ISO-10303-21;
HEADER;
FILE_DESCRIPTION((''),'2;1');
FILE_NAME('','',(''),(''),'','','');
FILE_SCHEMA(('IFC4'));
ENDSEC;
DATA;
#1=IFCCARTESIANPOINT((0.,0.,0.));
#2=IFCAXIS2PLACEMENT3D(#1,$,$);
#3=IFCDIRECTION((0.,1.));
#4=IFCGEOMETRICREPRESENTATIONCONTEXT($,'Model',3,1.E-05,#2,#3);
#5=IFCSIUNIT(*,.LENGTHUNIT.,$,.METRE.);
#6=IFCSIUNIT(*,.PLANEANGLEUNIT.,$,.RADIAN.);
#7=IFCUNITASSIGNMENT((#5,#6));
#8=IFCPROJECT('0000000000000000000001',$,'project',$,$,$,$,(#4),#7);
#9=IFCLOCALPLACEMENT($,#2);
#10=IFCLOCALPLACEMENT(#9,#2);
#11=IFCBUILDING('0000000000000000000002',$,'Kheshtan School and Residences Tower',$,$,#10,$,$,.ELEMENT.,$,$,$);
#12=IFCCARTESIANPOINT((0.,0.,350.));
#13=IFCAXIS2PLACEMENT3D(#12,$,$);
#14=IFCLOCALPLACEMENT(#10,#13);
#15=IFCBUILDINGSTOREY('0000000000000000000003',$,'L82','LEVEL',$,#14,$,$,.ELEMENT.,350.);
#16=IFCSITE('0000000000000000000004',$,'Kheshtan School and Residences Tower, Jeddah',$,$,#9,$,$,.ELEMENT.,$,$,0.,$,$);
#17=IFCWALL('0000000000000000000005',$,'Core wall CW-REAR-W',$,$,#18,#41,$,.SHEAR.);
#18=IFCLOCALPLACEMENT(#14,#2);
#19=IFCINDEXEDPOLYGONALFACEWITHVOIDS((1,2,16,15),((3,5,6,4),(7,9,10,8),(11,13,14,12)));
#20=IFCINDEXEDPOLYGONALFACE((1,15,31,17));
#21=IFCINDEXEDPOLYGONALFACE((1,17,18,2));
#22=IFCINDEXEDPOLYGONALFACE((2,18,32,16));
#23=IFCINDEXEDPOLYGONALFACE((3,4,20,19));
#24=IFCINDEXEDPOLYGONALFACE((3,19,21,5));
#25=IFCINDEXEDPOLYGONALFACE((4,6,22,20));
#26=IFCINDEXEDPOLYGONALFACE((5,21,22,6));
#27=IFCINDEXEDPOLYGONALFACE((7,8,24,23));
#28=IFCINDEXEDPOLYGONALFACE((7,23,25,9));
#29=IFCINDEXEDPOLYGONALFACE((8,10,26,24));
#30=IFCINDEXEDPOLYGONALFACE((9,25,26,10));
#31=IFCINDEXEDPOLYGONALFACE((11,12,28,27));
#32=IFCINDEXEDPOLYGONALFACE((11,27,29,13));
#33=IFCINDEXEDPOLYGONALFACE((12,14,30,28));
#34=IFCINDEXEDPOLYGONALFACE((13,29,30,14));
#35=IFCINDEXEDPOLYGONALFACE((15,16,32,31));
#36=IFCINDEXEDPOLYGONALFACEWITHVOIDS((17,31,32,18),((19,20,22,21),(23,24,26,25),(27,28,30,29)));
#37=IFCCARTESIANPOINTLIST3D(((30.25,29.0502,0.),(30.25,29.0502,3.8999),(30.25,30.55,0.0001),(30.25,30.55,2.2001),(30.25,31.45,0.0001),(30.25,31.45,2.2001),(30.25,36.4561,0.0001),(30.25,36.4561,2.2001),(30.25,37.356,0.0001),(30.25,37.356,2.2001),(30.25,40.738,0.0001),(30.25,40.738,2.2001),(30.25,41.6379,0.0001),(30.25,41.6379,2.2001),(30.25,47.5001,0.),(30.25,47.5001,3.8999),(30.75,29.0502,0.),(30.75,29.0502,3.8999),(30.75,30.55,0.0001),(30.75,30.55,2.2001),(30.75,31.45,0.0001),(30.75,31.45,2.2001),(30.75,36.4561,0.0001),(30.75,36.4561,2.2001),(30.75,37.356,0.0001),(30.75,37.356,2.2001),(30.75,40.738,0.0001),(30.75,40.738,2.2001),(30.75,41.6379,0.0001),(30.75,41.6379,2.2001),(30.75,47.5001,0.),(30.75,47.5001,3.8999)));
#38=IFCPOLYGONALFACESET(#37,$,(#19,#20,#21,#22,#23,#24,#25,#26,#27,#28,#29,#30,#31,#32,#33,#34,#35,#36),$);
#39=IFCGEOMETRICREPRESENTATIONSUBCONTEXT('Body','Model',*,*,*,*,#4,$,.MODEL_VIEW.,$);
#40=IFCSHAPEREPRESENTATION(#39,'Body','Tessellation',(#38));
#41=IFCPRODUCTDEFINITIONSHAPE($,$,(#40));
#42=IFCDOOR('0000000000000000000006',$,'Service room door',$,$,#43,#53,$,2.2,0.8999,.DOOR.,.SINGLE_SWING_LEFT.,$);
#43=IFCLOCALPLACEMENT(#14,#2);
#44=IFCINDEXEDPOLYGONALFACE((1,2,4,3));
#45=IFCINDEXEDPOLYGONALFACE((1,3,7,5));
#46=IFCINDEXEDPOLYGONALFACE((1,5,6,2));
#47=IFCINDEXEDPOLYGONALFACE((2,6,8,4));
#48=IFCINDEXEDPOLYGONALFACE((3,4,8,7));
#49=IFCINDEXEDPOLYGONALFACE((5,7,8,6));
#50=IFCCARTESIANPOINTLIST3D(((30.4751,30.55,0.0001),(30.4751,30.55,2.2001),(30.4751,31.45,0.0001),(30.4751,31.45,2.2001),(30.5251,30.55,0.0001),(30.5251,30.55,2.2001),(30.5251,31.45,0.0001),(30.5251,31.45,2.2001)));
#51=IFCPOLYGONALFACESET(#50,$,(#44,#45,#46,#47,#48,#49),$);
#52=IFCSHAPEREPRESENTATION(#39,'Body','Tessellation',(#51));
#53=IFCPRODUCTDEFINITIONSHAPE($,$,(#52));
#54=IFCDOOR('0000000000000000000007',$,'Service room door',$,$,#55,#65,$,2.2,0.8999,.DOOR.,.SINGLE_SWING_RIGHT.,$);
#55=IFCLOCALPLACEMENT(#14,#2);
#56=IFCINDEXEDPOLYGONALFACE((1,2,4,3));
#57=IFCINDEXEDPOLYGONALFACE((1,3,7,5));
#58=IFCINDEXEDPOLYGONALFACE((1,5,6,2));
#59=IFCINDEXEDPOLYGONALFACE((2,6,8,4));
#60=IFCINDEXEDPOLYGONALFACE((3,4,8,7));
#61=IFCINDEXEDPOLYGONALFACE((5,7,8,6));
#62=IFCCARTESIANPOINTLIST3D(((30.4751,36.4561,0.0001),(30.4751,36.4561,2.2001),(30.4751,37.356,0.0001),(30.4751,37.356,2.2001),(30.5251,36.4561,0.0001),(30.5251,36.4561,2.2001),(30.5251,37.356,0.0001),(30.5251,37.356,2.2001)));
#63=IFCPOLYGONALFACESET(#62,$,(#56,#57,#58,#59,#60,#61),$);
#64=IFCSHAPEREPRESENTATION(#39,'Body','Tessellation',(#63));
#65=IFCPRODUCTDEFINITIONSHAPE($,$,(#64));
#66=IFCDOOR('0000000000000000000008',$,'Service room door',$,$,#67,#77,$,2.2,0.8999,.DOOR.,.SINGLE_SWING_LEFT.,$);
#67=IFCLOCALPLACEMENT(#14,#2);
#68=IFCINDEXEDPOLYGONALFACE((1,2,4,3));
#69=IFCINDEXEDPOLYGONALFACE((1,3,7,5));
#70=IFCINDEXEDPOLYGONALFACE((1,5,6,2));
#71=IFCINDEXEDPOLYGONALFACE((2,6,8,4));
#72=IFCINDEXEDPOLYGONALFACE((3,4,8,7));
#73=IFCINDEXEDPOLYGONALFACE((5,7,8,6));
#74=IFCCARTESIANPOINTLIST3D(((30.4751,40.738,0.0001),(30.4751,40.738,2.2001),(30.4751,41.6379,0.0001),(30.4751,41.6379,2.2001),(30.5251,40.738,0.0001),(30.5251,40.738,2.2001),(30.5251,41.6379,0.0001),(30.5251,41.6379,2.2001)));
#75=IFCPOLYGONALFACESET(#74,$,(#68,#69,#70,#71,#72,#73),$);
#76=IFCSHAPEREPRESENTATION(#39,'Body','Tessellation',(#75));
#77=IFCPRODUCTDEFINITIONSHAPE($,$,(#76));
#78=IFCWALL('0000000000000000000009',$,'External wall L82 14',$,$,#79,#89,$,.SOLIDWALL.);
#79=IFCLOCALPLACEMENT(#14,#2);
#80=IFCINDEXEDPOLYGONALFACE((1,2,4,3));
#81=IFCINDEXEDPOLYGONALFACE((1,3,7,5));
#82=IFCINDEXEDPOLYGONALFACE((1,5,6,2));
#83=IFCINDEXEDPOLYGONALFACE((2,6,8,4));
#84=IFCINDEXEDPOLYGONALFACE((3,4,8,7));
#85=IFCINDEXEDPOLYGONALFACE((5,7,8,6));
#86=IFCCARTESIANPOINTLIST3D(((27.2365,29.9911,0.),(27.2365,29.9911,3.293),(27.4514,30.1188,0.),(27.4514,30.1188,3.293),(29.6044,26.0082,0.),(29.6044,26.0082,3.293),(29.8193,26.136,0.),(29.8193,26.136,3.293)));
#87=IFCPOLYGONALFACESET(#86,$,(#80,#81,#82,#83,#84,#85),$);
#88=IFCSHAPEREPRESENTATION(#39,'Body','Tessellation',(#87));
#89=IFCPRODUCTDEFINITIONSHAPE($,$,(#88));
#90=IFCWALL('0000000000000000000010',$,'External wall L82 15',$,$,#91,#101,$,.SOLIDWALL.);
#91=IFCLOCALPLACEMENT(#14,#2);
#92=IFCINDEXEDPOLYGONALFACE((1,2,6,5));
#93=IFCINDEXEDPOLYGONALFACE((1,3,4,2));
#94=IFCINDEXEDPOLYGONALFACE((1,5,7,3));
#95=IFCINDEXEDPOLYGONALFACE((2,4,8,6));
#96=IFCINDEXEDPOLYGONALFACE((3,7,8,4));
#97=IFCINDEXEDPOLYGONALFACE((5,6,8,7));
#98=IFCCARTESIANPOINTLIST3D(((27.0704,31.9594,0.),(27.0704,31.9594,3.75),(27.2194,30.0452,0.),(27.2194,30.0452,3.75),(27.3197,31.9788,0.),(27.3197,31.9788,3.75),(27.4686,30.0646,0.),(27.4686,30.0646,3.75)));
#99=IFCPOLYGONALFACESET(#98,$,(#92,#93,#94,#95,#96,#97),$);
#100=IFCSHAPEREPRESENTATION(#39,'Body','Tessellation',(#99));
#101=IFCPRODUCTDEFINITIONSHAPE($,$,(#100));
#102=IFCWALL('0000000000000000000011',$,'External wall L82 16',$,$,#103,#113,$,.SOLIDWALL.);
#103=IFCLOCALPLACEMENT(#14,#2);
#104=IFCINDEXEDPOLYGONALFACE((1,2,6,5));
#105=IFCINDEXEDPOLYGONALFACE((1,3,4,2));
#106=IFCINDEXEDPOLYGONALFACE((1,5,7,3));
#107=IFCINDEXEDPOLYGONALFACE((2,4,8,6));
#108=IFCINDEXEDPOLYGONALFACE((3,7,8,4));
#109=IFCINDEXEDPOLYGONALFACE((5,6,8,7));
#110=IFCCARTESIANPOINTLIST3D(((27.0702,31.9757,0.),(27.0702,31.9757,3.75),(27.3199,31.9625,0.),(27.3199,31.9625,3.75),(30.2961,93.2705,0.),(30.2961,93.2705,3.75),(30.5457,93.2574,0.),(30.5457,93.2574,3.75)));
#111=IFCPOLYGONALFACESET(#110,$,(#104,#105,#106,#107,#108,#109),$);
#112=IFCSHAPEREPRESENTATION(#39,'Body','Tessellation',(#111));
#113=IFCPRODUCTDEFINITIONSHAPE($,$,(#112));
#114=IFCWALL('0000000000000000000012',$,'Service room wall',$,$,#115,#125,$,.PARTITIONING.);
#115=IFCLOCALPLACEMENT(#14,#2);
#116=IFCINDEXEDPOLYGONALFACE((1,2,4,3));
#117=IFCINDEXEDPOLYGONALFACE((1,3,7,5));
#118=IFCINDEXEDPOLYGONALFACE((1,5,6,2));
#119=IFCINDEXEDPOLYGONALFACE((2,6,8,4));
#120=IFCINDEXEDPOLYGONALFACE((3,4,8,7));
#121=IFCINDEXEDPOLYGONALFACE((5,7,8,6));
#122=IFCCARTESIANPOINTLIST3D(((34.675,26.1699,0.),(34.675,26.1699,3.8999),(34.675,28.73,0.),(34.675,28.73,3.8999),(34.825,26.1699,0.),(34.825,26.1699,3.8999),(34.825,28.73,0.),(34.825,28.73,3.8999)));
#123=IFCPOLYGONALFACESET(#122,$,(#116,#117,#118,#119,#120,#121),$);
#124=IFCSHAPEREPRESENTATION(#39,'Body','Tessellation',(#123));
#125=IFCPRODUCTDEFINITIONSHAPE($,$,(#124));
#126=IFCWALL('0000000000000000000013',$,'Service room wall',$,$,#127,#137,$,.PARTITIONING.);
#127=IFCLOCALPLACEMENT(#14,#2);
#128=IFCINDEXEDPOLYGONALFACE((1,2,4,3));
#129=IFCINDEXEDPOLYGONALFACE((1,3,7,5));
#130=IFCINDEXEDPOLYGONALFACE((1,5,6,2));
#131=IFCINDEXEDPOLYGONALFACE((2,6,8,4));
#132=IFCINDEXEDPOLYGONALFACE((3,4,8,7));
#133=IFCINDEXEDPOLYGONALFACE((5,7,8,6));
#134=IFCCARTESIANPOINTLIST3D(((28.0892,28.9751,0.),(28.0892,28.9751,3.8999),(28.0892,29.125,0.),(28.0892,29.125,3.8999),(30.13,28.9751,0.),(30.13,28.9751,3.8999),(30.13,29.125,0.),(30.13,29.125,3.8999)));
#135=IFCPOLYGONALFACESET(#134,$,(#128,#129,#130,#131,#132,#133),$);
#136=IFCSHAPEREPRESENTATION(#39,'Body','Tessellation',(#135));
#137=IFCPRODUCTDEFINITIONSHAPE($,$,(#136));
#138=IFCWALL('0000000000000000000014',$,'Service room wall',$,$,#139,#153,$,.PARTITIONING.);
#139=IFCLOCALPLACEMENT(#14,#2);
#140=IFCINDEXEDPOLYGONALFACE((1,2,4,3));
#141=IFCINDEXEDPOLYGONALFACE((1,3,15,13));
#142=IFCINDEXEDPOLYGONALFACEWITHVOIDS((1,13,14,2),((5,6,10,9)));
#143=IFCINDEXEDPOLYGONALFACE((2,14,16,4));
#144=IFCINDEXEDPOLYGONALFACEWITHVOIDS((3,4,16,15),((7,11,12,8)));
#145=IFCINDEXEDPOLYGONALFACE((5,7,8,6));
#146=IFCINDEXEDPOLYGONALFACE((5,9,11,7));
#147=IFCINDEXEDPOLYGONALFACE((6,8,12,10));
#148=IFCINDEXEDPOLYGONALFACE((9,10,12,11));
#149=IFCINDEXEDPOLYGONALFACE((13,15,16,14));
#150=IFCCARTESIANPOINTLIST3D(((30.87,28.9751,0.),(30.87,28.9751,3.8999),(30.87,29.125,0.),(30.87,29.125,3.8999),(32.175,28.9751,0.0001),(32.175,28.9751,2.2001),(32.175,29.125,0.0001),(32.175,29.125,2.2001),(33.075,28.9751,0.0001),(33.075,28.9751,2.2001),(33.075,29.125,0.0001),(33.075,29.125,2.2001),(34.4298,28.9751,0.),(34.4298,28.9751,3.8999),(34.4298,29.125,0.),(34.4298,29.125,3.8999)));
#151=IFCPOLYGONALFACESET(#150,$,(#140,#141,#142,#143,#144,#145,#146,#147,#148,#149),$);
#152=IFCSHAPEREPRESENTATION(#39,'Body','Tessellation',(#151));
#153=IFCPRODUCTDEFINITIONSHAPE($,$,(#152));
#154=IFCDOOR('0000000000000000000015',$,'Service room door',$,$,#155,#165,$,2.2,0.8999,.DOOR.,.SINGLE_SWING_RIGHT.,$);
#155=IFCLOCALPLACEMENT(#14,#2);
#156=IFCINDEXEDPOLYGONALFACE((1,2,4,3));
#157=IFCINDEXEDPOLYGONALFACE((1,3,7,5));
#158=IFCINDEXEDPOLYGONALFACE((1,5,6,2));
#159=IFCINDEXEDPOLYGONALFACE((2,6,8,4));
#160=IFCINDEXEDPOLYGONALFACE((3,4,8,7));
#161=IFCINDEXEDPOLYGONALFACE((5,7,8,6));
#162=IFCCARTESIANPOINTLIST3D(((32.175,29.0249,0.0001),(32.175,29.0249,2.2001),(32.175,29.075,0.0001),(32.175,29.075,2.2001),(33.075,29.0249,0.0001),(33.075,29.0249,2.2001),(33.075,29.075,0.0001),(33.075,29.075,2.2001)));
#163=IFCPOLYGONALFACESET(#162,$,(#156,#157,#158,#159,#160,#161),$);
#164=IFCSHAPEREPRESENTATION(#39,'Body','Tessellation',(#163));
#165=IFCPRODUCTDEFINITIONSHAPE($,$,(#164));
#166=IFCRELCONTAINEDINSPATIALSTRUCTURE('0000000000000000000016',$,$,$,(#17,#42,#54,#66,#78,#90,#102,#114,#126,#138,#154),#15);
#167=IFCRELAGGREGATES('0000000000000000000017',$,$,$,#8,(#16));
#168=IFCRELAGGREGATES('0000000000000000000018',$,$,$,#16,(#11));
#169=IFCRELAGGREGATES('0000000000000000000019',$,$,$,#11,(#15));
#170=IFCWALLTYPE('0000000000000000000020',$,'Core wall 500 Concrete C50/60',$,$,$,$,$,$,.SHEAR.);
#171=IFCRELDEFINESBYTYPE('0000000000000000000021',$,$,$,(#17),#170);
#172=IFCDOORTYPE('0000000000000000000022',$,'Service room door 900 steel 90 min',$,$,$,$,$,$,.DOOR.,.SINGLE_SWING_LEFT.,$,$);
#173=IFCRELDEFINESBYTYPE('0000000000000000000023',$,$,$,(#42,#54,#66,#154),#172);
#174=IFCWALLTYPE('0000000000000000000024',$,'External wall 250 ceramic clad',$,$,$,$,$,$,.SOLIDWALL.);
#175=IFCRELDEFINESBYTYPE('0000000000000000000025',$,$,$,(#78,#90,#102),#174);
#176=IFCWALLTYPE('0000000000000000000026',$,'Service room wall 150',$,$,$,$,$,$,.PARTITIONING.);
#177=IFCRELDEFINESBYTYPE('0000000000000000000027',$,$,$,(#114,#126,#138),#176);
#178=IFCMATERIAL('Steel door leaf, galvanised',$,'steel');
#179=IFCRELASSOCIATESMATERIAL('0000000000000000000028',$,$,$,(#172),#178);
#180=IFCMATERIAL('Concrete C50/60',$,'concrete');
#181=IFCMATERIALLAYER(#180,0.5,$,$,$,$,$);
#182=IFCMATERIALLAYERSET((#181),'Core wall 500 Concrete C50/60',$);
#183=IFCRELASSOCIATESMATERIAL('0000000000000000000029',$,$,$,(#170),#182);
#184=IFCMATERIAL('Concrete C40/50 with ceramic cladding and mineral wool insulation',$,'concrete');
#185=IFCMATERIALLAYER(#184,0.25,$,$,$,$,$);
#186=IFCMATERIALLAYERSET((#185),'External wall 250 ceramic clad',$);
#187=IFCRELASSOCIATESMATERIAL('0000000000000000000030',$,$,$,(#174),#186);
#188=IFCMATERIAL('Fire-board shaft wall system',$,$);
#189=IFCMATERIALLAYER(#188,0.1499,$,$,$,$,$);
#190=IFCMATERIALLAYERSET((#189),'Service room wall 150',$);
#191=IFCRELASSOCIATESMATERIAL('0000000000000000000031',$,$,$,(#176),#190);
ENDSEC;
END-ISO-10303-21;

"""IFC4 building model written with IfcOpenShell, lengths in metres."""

from ifc_helpers import new_model, si_unit, direction, frame, frame_2d, origin, place, context, subcontext, project, spatial, rectangle, extrude, source, transform, mapped, material, layer, layer_set, type_object, element, fill, save


model = new_model("IFC4")

# Units and contexts
model_context = context("Model", 3, precision=1e-05, world=origin(), true_north=direction((0.0, 1.0)))
body_context = subcontext(model_context, "Body", "Model", "MODEL_VIEW")
ifc_project = project(units=[si_unit("LENGTHUNIT", "METRE"), si_unit("PLANEANGLEUNIT", "RADIAN")], contexts=[model_context])

# Site, building, storey
site_placement = place(None, origin())
site = spatial("IfcSite", under=ifc_project, at=site_placement, Name="Kheshtan School and Residences Tower, Jeddah", CompositionType="ELEMENT", RefElevation=0.0)
building_placement = place(site_placement, origin())
building = spatial("IfcBuilding", under=site, at=building_placement, Name="Kheshtan School and Residences Tower", CompositionType="ELEMENT")
storey_placement = place(building_placement, frame((0.0, 0.0, 350.0)))
storey = spatial("IfcBuildingStorey", under=building, at=storey_placement, Name="L82", Description="LEVEL", CompositionType="ELEMENT", Elevation=350.0)

# Shared definitions
ifc_material_1 = material(Name="Concrete C50/60", Category="concrete")
ifc_material_2 = material(Name="Steel door leaf, galvanised", Category="steel")
door_type_1 = type_object("IfcDoorType", Name="Service room door 900 steel 90 min", OperationType="SINGLE_SWING_LEFT", PredefinedType="DOOR", material=ifc_material_2)
shared_shape_1 = source(origin(), body_context, "Body", "SweptSolid", [
    extrude(rectangle(XDim=0.8999, YDim=2.2, at=frame_2d((0.45, 1.1001))), frame((0.0, 0.0249, 0.0), z_axis=(0.0, -1.0, 0.0), x_axis=(1.0, 0.0, 0.0)), (0.0, 0.0, 1.0), 0.05),
])

# Shared definitions
ifc_layer_1 = layer(ifc_material_1, 0.5)
ifc_layer_set_1 = layer_set([ifc_layer_1], Name="Core wall 500 Concrete C50/60")
wall_type_1 = type_object("IfcWallType", Name="Core wall 500 Concrete C50/60", PredefinedType="SHEAR", material=ifc_layer_set_1)

# Wall, openings, doors
wall_1_placement = place(storey_placement, frame((30.5, 29.05, 0.0), z_axis=(0.0, 0.0, 1.0), x_axis=(0.0, 1.0, 0.0)))
wall_1 = element("IfcWall", 1, at=wall_1_placement, inside=storey, type_object=wall_type_1, Name="Core wall CW-REAR-W", PredefinedType="SHEAR", context=body_context, shape_type="SweptSolid", body=[
    extrude(rectangle(XDim=18.45, YDim=0.5, at=frame_2d((9.2251, 0.0))), origin(), (0.0, 0.0, 1.0), 3.8999),
])
opening_1_placement = place(wall_1_placement, frame((1.5, 0.0, 0.0)))
opening_1 = element("IfcOpeningElement", 2, at=opening_1_placement, cuts=wall_1, PredefinedType="OPENING", context=body_context, shape_type="SweptSolid", body=[
    extrude(rectangle(XDim=0.8999, YDim=2.2, at=frame_2d((0.45, 1.1001))), frame((0.0, 0.26, 0.0), z_axis=(0.0, -1.0, 0.0), x_axis=(1.0, 0.0, 0.0)), (0.0, 0.0, 1.0), 0.52),
])
opening_2_placement = place(wall_1_placement, frame((7.406, 0.0, 0.0)))
opening_2 = element("IfcOpeningElement", 3, at=opening_2_placement, cuts=wall_1, PredefinedType="OPENING", context=body_context, shape_type="SweptSolid", body=[
    extrude(rectangle(XDim=0.8999, YDim=2.2, at=frame_2d((0.45, 1.1001))), frame((0.0, 0.26, 0.0), z_axis=(0.0, -1.0, 0.0), x_axis=(1.0, 0.0, 0.0)), (0.0, 0.0, 1.0), 0.52),
])
opening_3_placement = place(wall_1_placement, frame((11.688, 0.0, 0.0)))
opening_3 = element("IfcOpeningElement", 4, at=opening_3_placement, cuts=wall_1, PredefinedType="OPENING", context=body_context, shape_type="SweptSolid", body=[
    extrude(rectangle(XDim=0.8999, YDim=2.2, at=frame_2d((0.45, 1.1001))), frame((0.0, 0.26, 0.0), z_axis=(0.0, -1.0, 0.0), x_axis=(1.0, 0.0, 0.0)), (0.0, 0.0, 1.0), 0.52),
])
door_1_placement = place(opening_1_placement, origin())
door_1 = element("IfcDoor", 5, at=door_1_placement, inside=storey, type_object=door_type_1, Name="Service room door", OperationType="SINGLE_SWING_LEFT", OverallHeight=2.2, OverallWidth=0.8999, PredefinedType="DOOR", context=body_context, shape_type="MappedRepresentation", body=[
    mapped(shared_shape_1, transform((0.0, 0.0, 0.0), x_axis=(1.0, 0.0, 0.0), y_axis=(0.0, 1.0, 0.0), z_axis=(0.0, 0.0, 1.0), scale=1.0)),
])
fill(opening_1, door_1)
door_2_placement = place(opening_2_placement, origin())
door_2 = element("IfcDoor", 6, at=door_2_placement, inside=storey, type_object=door_type_1, Name="Service room door", OperationType="SINGLE_SWING_RIGHT", OverallHeight=2.2, OverallWidth=0.8999, PredefinedType="DOOR", context=body_context, shape_type="MappedRepresentation", body=[
    mapped(shared_shape_1, transform((0.0, 0.0, 0.0), x_axis=(1.0, 0.0, 0.0), y_axis=(0.0, 1.0, 0.0), z_axis=(0.0, 0.0, 1.0), scale=1.0)),
])
fill(opening_2, door_2)
door_3_placement = place(opening_3_placement, origin())
door_3 = element("IfcDoor", 7, at=door_3_placement, inside=storey, type_object=door_type_1, Name="Service room door", OperationType="SINGLE_SWING_LEFT", OverallHeight=2.2, OverallWidth=0.8999, PredefinedType="DOOR", context=body_context, shape_type="MappedRepresentation", body=[
    mapped(shared_shape_1, transform((0.0, 0.0, 0.0), x_axis=(1.0, 0.0, 0.0), y_axis=(0.0, 1.0, 0.0), z_axis=(0.0, 0.0, 1.0), scale=1.0)),
])
fill(opening_3, door_3)

# Walls
ifc_material_3 = material(Name="Concrete C40/50 with ceramic cladding and mineral wool insulation", Category="concrete")
ifc_layer_2 = layer(ifc_material_3, 0.25)
ifc_layer_set_2 = layer_set([ifc_layer_2], Name="External wall 250 ceramic clad")
wall_type_2 = type_object("IfcWallType", Name="External wall 250 ceramic clad", PredefinedType="SOLIDWALL", material=ifc_layer_set_2)
wall_2_placement = place(storey_placement, frame((29.7119, 26.072, 0.0), z_axis=(0.0, 0.0, 1.0), x_axis=(-0.511028, 0.859564, 0.0)))
element("IfcWall", 8, at=wall_2_placement, inside=storey, type_object=wall_type_2, Name="External wall L82 14", PredefinedType="SOLIDWALL", context=body_context, shape_type="SweptSolid", body=[
    extrude(rectangle(XDim=4.6335, YDim=0.25, at=frame_2d((2.3169, 0.0))), origin(), (0.0, 0.0, 1.0), 3.293),
])
wall_3_placement = place(storey_placement, frame((27.344, 30.0549, 0.0), z_axis=(0.0, 0.0, 1.0), x_axis=(-0.077572, 0.996987, 0.0)))
element("IfcWall", 9, at=wall_3_placement, inside=storey, type_object=wall_type_2, Name="External wall L82 15", PredefinedType="SOLIDWALL", context=body_context, shape_type="SweptSolid", body=[
    extrude(rectangle(XDim=1.9199, YDim=0.25, at=frame_2d((0.96, 0.0))), origin(), (0.0, 0.0, 1.0), 3.75),
])
wall_4_placement = place(storey_placement, frame((27.1951, 31.969, 0.0), z_axis=(0.0, 0.0, 1.0), x_axis=(0.052555, 0.998618, 0.0)))
element("IfcWall", 10, at=wall_4_placement, inside=storey, type_object=wall_type_2, Name="External wall L82 16", PredefinedType="SOLIDWALL", context=body_context, shape_type="SweptSolid", body=[
    extrude(rectangle(XDim=61.3796, YDim=0.25, at=frame_2d((30.6899, 0.0))), origin(), (0.0, 0.0, 1.0), 3.75),
])
ifc_material_4 = material(Name="Fire-board shaft wall system")
ifc_layer_3 = layer(ifc_material_4, 0.1499)
ifc_layer_set_3 = layer_set([ifc_layer_3], Name="Service room wall 150")
wall_type_3 = type_object("IfcWallType", Name="Service room wall 150", PredefinedType="PARTITIONING", material=ifc_layer_set_3)
wall_5_placement = place(storey_placement, frame((34.75, 26.1699, 0.0), z_axis=(0.0, 0.0, 1.0), x_axis=(0.0, 1.0, 0.0)))
element("IfcWall", 11, at=wall_5_placement, inside=storey, type_object=wall_type_3, Name="Service room wall", PredefinedType="PARTITIONING", context=body_context, shape_type="SweptSolid", body=[
    extrude(rectangle(XDim=2.5601, YDim=0.1499, at=frame_2d((1.28, 0.0))), origin(), (0.0, 0.0, 1.0), 3.8999),
])
wall_6_placement = place(storey_placement, frame((28.0891, 29.05, 0.0), z_axis=(0.0, 0.0, 1.0), x_axis=(1.0, 0.0, 0.0)))
element("IfcWall", 12, at=wall_6_placement, inside=storey, type_object=wall_type_3, Name="Service room wall", PredefinedType="PARTITIONING", context=body_context, shape_type="SweptSolid", body=[
    extrude(rectangle(XDim=2.0408, YDim=0.1499, at=frame_2d((1.0205, 0.0))), origin(), (0.0, 0.0, 1.0), 3.8999),
])

# Wall, opening, door
wall_7_placement = place(storey_placement, frame((30.8701, 29.05, 0.0), z_axis=(0.0, 0.0, 1.0), x_axis=(1.0, 0.0, 0.0)))
wall_7 = element("IfcWall", 13, at=wall_7_placement, inside=storey, type_object=wall_type_3, Name="Service room wall", PredefinedType="PARTITIONING", context=body_context, shape_type="SweptSolid", body=[
    extrude(rectangle(XDim=3.5598, YDim=0.1499, at=frame_2d((1.7798, 0.0))), origin(), (0.0, 0.0, 1.0), 3.8999),
])
opening_4_placement = place(wall_7_placement, frame((1.3049, 0.0, 0.0)))
opening_4 = element("IfcOpeningElement", 14, at=opening_4_placement, cuts=wall_7, PredefinedType="OPENING", context=body_context, shape_type="SweptSolid", body=[
    extrude(rectangle(XDim=0.8999, YDim=2.2, at=frame_2d((0.45, 1.1001))), frame((0.0, 0.085, 0.0), z_axis=(0.0, -1.0, 0.0), x_axis=(1.0, 0.0, 0.0)), (0.0, 0.0, 1.0), 0.1699),
])
door_4_placement = place(opening_4_placement, origin())
door_4 = element("IfcDoor", 15, at=door_4_placement, inside=storey, type_object=door_type_1, Name="Service room door", OperationType="SINGLE_SWING_RIGHT", OverallHeight=2.2, OverallWidth=0.8999, PredefinedType="DOOR", context=body_context, shape_type="MappedRepresentation", body=[
    mapped(shared_shape_1, transform((0.0, 0.0, 0.0), x_axis=(1.0, 0.0, 0.0), y_axis=(0.0, 1.0, 0.0), z_axis=(0.0, 0.0, 1.0), scale=1.0)),
])
fill(opening_4, door_4)

save(model, "model.ifc")
